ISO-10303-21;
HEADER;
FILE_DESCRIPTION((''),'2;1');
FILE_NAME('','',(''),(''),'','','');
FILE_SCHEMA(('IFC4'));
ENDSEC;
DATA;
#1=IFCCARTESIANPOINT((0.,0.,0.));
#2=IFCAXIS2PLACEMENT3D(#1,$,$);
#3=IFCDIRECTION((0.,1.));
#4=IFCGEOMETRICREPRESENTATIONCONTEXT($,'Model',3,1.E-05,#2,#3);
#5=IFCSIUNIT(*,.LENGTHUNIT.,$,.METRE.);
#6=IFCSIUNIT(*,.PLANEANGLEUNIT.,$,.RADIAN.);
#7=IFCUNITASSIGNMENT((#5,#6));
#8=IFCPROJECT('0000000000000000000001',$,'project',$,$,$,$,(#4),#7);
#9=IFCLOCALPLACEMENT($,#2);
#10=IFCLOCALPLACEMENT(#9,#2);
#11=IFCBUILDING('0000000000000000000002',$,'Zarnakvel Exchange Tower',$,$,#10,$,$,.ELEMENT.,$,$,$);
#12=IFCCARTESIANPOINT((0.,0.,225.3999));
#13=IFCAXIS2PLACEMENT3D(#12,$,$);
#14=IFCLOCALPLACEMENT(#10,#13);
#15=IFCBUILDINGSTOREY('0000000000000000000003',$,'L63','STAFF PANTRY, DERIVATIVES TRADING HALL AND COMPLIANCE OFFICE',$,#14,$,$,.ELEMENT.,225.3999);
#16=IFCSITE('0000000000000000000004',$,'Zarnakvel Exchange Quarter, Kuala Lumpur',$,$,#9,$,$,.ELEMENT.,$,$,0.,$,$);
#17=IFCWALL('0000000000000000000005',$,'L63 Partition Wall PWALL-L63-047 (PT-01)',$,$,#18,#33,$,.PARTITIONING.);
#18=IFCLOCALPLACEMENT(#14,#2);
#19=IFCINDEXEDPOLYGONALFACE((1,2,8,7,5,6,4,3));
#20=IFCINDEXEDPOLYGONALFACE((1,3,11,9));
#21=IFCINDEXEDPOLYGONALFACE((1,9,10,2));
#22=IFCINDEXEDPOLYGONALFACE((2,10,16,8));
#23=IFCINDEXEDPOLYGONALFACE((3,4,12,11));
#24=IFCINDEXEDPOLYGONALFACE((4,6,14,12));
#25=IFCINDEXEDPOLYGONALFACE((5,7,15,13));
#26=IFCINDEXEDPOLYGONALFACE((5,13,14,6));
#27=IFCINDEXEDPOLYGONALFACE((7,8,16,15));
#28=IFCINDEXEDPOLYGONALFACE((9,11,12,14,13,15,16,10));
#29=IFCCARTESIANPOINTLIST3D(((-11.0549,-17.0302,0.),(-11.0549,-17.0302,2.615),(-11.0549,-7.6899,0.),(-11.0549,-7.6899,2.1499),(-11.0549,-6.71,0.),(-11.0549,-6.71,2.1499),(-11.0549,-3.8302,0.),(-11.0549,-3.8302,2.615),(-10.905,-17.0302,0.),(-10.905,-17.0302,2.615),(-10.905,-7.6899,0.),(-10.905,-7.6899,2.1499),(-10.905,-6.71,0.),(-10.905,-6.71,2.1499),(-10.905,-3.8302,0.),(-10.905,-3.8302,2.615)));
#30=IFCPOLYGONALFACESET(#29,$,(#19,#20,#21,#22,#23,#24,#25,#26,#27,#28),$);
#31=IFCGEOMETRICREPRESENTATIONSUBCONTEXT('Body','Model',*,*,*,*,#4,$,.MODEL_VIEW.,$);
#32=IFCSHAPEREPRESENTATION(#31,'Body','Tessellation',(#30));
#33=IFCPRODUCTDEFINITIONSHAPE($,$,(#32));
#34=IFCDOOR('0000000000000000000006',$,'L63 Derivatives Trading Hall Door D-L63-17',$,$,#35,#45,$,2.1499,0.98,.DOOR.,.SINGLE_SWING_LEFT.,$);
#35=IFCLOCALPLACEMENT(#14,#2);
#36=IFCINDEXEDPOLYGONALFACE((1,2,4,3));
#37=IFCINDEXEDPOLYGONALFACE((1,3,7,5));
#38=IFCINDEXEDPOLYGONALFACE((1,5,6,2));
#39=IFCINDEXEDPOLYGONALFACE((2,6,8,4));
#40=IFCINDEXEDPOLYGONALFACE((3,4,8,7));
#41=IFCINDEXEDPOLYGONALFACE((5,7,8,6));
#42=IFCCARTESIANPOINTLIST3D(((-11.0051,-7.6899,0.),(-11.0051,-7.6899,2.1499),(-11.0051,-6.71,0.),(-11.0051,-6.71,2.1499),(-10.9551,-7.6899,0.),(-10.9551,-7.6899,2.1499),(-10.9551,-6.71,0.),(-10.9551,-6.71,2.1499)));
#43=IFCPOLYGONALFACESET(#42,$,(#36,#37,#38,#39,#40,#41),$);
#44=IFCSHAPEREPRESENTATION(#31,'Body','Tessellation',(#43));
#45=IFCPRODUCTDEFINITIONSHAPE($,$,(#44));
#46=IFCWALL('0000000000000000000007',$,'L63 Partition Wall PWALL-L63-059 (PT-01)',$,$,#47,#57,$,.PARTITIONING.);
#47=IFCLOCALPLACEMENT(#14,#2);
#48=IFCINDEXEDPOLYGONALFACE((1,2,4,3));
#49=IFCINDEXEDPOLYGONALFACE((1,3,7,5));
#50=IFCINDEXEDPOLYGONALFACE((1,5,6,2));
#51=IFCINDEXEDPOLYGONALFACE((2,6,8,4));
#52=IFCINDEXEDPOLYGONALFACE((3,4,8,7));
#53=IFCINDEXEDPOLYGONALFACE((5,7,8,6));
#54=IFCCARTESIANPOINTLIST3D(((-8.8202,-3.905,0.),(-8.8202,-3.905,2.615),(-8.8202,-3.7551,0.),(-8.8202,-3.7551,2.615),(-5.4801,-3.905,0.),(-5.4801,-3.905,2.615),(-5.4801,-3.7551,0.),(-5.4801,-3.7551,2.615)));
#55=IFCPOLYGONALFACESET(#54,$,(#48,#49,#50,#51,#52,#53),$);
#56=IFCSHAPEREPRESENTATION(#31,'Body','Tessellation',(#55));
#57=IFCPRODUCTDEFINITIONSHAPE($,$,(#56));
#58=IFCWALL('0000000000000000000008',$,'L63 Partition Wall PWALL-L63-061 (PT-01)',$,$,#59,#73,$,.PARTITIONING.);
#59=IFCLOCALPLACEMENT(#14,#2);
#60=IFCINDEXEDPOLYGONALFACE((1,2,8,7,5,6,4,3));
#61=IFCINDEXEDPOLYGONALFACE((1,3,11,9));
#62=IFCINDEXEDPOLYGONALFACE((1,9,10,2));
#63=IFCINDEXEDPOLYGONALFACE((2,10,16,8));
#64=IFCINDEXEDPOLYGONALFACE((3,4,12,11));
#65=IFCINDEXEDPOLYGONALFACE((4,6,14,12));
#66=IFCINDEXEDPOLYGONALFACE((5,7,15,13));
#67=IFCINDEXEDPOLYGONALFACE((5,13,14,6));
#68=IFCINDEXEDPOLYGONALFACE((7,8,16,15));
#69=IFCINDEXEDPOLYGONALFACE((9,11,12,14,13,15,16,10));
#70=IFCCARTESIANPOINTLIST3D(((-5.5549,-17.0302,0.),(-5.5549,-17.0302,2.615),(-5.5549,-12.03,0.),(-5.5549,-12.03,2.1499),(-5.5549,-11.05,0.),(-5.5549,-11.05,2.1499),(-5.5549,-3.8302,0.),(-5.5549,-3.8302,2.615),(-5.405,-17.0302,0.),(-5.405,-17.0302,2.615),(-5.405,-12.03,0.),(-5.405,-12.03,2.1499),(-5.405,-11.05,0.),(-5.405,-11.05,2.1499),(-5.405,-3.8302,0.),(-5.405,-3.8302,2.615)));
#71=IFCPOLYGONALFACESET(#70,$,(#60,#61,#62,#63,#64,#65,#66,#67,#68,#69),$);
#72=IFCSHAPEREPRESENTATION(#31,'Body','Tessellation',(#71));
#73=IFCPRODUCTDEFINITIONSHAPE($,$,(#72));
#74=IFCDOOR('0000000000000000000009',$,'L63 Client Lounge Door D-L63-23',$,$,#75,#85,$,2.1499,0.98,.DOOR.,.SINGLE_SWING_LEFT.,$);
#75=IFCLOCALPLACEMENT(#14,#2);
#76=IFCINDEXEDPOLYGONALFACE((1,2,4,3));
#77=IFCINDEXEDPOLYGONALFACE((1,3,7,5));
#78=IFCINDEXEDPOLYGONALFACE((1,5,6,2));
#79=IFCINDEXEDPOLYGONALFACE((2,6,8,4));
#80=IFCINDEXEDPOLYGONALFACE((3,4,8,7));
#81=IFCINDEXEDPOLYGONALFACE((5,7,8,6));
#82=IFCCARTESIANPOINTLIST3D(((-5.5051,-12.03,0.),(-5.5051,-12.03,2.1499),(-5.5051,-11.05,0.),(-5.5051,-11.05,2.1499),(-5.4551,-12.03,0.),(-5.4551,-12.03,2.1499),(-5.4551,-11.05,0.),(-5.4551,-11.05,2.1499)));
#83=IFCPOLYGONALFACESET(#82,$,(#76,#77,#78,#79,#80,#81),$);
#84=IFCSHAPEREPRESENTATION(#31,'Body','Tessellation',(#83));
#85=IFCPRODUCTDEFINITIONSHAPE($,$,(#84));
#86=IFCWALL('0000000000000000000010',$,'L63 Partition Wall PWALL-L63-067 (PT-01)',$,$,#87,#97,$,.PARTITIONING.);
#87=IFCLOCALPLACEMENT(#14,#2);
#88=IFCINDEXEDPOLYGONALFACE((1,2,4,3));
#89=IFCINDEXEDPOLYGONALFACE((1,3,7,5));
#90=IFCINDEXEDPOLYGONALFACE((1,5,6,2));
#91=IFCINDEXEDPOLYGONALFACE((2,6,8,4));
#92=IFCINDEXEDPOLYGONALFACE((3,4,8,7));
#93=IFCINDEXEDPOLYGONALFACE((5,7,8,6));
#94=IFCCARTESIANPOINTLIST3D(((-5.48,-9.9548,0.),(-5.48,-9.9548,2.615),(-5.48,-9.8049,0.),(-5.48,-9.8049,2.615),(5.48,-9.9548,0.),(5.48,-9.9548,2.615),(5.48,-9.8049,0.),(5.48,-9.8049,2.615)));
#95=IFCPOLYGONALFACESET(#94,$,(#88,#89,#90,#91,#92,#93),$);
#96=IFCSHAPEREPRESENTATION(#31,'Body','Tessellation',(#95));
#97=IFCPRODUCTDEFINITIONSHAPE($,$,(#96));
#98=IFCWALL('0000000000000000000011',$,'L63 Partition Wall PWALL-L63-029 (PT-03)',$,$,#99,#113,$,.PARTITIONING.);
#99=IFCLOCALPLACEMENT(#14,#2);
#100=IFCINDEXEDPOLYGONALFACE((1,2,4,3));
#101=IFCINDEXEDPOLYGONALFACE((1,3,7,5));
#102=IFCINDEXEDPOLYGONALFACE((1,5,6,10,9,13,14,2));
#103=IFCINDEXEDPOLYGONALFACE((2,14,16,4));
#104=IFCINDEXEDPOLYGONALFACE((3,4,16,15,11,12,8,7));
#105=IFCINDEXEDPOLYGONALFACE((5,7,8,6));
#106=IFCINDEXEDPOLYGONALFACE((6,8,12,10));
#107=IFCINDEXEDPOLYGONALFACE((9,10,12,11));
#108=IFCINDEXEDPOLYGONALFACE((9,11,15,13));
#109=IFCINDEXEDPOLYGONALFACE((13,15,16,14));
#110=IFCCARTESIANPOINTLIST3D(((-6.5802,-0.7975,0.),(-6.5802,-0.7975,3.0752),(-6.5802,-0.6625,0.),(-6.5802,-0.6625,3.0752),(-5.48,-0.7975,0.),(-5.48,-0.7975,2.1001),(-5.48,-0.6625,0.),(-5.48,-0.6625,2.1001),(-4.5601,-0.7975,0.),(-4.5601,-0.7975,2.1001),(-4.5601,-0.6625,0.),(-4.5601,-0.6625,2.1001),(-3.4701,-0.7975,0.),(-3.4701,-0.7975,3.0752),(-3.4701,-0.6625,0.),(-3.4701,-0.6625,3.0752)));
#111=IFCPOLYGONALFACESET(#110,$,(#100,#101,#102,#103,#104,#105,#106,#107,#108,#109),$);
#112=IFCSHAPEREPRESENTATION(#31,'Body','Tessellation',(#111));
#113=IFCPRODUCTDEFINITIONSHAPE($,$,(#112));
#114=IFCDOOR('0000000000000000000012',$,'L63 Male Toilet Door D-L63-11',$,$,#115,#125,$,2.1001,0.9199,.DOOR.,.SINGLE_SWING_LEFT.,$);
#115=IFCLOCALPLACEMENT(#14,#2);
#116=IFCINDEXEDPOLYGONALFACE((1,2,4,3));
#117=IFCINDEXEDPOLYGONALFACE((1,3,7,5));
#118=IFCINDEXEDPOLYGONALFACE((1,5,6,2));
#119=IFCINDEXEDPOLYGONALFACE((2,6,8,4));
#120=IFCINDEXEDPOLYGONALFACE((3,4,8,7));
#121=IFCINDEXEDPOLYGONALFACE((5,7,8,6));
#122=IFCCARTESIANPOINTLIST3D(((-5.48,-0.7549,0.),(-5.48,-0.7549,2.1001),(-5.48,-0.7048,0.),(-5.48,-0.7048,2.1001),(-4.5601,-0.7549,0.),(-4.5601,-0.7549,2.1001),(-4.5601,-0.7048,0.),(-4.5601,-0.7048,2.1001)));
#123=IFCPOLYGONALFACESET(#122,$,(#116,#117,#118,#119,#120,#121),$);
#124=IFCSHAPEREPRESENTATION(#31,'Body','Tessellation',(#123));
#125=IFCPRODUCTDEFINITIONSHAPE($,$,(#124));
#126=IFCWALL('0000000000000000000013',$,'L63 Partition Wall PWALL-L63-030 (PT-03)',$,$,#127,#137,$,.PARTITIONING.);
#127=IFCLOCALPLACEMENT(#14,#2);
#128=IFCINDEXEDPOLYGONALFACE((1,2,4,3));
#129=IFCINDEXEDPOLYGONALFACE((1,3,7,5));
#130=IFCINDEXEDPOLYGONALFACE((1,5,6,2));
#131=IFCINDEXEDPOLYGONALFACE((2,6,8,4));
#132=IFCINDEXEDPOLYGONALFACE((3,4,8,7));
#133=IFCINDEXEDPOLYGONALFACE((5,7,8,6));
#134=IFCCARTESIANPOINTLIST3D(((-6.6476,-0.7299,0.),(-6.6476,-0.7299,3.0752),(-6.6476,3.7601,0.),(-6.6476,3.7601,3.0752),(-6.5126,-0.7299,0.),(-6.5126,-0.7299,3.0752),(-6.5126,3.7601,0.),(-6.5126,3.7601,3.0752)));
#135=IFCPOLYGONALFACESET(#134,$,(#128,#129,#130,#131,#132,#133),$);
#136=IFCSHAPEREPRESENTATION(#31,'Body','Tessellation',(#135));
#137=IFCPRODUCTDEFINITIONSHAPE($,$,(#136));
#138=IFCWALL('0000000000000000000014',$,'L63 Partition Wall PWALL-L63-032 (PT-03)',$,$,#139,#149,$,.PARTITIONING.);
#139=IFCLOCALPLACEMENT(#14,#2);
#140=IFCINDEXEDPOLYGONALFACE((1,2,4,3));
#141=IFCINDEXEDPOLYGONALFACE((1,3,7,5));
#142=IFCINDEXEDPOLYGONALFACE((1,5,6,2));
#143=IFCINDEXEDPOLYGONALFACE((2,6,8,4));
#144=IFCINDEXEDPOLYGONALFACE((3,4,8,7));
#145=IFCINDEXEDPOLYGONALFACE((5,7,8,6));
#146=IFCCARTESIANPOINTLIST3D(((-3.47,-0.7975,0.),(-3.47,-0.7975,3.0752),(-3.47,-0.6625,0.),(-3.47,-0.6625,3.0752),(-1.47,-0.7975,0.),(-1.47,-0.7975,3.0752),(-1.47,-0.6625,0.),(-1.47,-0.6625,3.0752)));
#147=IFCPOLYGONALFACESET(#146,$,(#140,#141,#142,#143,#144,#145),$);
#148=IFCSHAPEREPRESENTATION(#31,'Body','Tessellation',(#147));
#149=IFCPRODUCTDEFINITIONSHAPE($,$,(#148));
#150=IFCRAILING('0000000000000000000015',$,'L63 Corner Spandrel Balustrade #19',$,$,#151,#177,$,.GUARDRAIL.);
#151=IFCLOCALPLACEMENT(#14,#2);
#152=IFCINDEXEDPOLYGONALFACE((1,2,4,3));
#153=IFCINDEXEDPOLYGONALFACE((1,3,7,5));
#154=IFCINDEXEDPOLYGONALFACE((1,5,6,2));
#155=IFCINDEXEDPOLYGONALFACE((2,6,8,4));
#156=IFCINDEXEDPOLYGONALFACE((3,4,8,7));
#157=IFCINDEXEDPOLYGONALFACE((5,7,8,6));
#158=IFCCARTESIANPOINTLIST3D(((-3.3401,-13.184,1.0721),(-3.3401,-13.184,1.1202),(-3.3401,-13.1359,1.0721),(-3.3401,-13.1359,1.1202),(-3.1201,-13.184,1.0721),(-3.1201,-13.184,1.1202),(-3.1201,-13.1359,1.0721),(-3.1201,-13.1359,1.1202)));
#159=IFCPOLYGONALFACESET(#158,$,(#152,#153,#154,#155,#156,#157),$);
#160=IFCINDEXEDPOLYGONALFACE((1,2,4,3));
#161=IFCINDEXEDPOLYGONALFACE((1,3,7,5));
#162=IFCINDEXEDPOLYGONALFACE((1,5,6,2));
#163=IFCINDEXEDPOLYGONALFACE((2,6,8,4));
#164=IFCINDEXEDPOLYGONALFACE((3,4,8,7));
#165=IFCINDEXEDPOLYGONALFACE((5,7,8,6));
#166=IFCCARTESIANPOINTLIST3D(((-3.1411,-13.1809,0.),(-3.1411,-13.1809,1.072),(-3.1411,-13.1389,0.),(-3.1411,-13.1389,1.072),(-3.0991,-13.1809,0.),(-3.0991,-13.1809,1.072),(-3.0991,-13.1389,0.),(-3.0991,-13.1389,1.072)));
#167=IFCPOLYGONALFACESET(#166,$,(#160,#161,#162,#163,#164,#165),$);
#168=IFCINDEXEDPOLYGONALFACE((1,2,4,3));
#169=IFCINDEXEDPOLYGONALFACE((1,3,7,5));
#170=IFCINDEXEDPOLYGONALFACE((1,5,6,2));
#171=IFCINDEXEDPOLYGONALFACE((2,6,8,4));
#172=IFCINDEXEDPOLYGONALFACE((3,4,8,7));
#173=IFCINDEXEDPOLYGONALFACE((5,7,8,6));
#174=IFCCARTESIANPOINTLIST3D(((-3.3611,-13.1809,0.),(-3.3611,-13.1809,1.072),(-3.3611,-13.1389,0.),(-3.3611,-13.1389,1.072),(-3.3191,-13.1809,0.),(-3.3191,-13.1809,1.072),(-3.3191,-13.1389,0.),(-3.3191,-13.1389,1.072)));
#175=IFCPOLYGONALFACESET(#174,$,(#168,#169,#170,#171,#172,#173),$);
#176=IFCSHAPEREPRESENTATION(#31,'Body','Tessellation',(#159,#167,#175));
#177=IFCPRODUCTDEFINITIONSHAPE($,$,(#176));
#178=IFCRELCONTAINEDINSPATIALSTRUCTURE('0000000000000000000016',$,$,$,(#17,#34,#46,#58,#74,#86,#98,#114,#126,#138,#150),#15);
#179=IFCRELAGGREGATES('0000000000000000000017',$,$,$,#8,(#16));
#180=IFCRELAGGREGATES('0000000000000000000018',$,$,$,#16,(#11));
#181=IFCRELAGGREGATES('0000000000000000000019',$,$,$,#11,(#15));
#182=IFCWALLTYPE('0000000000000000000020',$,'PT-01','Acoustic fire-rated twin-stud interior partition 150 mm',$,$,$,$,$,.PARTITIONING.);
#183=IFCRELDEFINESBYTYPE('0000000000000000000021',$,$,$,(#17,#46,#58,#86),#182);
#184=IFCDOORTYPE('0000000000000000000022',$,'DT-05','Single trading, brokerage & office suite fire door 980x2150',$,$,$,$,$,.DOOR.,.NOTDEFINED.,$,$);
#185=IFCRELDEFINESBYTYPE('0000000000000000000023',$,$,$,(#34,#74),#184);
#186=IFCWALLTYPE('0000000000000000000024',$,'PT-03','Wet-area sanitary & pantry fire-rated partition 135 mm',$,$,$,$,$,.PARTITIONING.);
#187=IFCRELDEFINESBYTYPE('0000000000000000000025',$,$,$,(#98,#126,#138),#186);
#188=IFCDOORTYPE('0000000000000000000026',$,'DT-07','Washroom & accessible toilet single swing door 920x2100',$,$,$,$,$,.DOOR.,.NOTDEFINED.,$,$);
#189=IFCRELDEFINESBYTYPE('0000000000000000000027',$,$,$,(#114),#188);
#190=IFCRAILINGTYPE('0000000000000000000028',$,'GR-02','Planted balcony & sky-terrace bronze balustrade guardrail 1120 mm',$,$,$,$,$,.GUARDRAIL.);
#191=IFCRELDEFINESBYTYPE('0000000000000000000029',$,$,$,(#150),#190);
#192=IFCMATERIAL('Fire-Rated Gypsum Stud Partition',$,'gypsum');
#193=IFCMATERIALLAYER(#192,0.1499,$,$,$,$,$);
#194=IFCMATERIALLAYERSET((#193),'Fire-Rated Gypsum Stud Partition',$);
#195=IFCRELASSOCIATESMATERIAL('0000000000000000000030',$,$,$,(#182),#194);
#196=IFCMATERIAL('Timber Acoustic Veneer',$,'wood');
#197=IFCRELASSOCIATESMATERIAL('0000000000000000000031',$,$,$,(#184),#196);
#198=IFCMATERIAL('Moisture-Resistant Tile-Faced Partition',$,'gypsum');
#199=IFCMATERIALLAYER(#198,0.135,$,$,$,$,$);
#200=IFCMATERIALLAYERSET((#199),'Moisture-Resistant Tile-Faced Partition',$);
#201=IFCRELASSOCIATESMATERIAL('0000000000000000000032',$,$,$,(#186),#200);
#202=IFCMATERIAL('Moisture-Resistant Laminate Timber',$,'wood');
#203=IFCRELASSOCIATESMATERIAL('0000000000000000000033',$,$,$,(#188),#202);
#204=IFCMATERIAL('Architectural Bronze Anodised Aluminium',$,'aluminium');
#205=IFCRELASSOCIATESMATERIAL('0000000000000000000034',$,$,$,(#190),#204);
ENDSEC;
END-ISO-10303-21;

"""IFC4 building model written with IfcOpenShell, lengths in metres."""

from ifc_helpers import new_model, si_unit, direction, frame, frame_2d, origin, origin_2d, place, context, subcontext, project, spatial, rectangle, extrude, source, transform, mapped, material, layer, layer_set, type_object, element, fill, save


model = new_model("IFC4")

# Units and contexts
model_context = context("Model", 3, precision=1e-05, world=origin(), true_north=direction((0.0, 1.0)))
body_context = subcontext(model_context, "Body", "Model", "MODEL_VIEW")
ifc_project = project(units=[si_unit("LENGTHUNIT", "METRE"), si_unit("PLANEANGLEUNIT", "RADIAN")], contexts=[model_context])

# Site, building, storey
site_placement = place(None, origin())
site = spatial("IfcSite", under=ifc_project, at=site_placement, Name="Zarnakvel Exchange Quarter, Kuala Lumpur", CompositionType="ELEMENT", RefElevation=0.0)
building_placement = place(site_placement, origin())
building = spatial("IfcBuilding", under=site, at=building_placement, Name="Zarnakvel Exchange Tower", CompositionType="ELEMENT")
storey_placement = place(building_placement, frame((0.0, 0.0, 225.3999)))
storey = spatial("IfcBuildingStorey", under=building, at=storey_placement, Name="L63", Description="STAFF PANTRY, DERIVATIVES TRADING HALL AND COMPLIANCE OFFICE", CompositionType="ELEMENT", Elevation=225.3999)

# Wall, opening, door
ifc_material_1 = material(Name="Fire-Rated Gypsum Stud Partition", Category="gypsum")
ifc_layer_1 = layer(ifc_material_1, 0.1499)
ifc_layer_set_1 = layer_set([ifc_layer_1], Name="Fire-Rated Gypsum Stud Partition")
wall_type_1 = type_object("IfcWallType", Name="PT-01", Description="Acoustic fire-rated twin-stud interior partition 150 mm", PredefinedType="PARTITIONING", material=ifc_layer_set_1)
wall_1_placement = place(storey_placement, frame((-10.98, -3.8301, 0.0), z_axis=(0.0, 0.0, 1.0), x_axis=(0.0, -1.0, 0.0)))
wall_1 = element("IfcWall", 1, at=wall_1_placement, inside=storey, type_object=wall_type_1, Name="L63 Partition Wall PWALL-L63-047 (PT-01)", PredefinedType="PARTITIONING", context=body_context, shape_type="SweptSolid", body=[
    extrude(rectangle(XDim=13.2, YDim=0.1499, at=frame_2d((6.6001, 0.0))), origin(), (0.0, 0.0, 1.0), 2.615),
])
opening_1_placement = place(wall_1_placement, frame((2.8799, 0.0, 0.0)))
opening_1 = element("IfcOpeningElement", 2, at=opening_1_placement, cuts=wall_1, PredefinedType="OPENING", context=body_context, shape_type="SweptSolid", body=[
    extrude(rectangle(XDim=0.98, YDim=2.1499, at=frame_2d((0.49, 1.075))), frame((0.0, 0.085, 0.0), z_axis=(0.0, -1.0, 0.0), x_axis=(1.0, 0.0, 0.0)), (0.0, 0.0, 1.0), 0.1699),
])
ifc_material_2 = material(Name="Timber Acoustic Veneer", Category="wood")
door_type_1 = type_object("IfcDoorType", Name="DT-05", Description="Single trading, brokerage & office suite fire door 980x2150", OperationType="NOTDEFINED", PredefinedType="DOOR", material=ifc_material_2)
shared_shape_1 = source(origin(), body_context, "Body", "SweptSolid", [
    extrude(rectangle(XDim=0.98, YDim=2.1499, at=frame_2d((0.49, 1.075))), frame((0.0, 0.0249, 0.0), z_axis=(0.0, -1.0, 0.0), x_axis=(1.0, 0.0, 0.0)), (0.0, 0.0, 1.0), 0.05),
])
door_1_placement = place(opening_1_placement, origin())
door_1 = element("IfcDoor", 3, at=door_1_placement, inside=storey, type_object=door_type_1, Name="L63 Derivatives Trading Hall Door D-L63-17", OperationType="SINGLE_SWING_LEFT", OverallHeight=2.1499, OverallWidth=0.98, PredefinedType="DOOR", context=body_context, shape_type="MappedRepresentation", body=[
    mapped(shared_shape_1, transform((0.0, 0.0, 0.0), x_axis=(1.0, 0.0, 0.0), y_axis=(0.0, 1.0, 0.0), z_axis=(0.0, 0.0, 1.0), scale=1.0)),
])
fill(opening_1, door_1)

# Wall
wall_2_placement = place(storey_placement, frame((-8.8201, -3.8301, 0.0), z_axis=(0.0, 0.0, 1.0), x_axis=(1.0, 0.0, 0.0)))
element("IfcWall", 4, at=wall_2_placement, inside=storey, type_object=wall_type_1, Name="L63 Partition Wall PWALL-L63-059 (PT-01)", PredefinedType="PARTITIONING", context=body_context, shape_type="SweptSolid", body=[
    extrude(rectangle(XDim=3.3401, YDim=0.1499, at=frame_2d((1.6699, 0.0))), origin(), (0.0, 0.0, 1.0), 2.615),
])

# Wall, opening, door
wall_3_placement = place(storey_placement, frame((-5.48, -3.8301, 0.0), z_axis=(0.0, 0.0, 1.0), x_axis=(0.0, -1.0, 0.0)))
wall_3 = element("IfcWall", 5, at=wall_3_placement, inside=storey, type_object=wall_type_1, Name="L63 Partition Wall PWALL-L63-061 (PT-01)", PredefinedType="PARTITIONING", context=body_context, shape_type="SweptSolid", body=[
    extrude(rectangle(XDim=13.2, YDim=0.1499, at=frame_2d((6.6001, 0.0))), origin(), (0.0, 0.0, 1.0), 2.615),
])
opening_2_placement = place(wall_3_placement, frame((7.22, 0.0, 0.0)))
opening_2 = element("IfcOpeningElement", 6, at=opening_2_placement, cuts=wall_3, PredefinedType="OPENING", context=body_context, shape_type="SweptSolid", body=[
    extrude(rectangle(XDim=0.98, YDim=2.1499, at=frame_2d((0.49, 1.075))), frame((0.0, 0.085, 0.0), z_axis=(0.0, -1.0, 0.0), x_axis=(1.0, 0.0, 0.0)), (0.0, 0.0, 1.0), 0.1699),
])
door_2_placement = place(opening_2_placement, origin())
door_2 = element("IfcDoor", 7, at=door_2_placement, inside=storey, type_object=door_type_1, Name="L63 Client Lounge Door D-L63-23", OperationType="SINGLE_SWING_LEFT", OverallHeight=2.1499, OverallWidth=0.98, PredefinedType="DOOR", context=body_context, shape_type="MappedRepresentation", body=[
    mapped(shared_shape_1, transform((0.0, 0.0, 0.0), x_axis=(1.0, 0.0, 0.0), y_axis=(0.0, 1.0, 0.0), z_axis=(0.0, 0.0, 1.0), scale=1.0)),
])
fill(opening_2, door_2)

# Wall
wall_4_placement = place(storey_placement, frame((-5.48, -9.8799, 0.0), z_axis=(0.0, 0.0, 1.0), x_axis=(1.0, 0.0, 0.0)))
element("IfcWall", 8, at=wall_4_placement, inside=storey, type_object=wall_type_1, Name="L63 Partition Wall PWALL-L63-067 (PT-01)", PredefinedType="PARTITIONING", context=body_context, shape_type="SweptSolid", body=[
    extrude(rectangle(XDim=10.96, YDim=0.1499, at=frame_2d((5.48, 0.0))), origin(), (0.0, 0.0, 1.0), 2.615),
])

# Wall, opening, door
ifc_material_3 = material(Name="Moisture-Resistant Tile-Faced Partition", Category="gypsum")
ifc_layer_2 = layer(ifc_material_3, 0.135)
ifc_layer_set_2 = layer_set([ifc_layer_2], Name="Moisture-Resistant Tile-Faced Partition")
wall_type_2 = type_object("IfcWallType", Name="PT-03", Description="Wet-area sanitary & pantry fire-rated partition 135 mm", PredefinedType="PARTITIONING", material=ifc_layer_set_2)
wall_5_placement = place(storey_placement, frame((-3.47, -0.73, 0.0), z_axis=(0.0, 0.0, 1.0), x_axis=(-1.0, 0.0, 0.0)))
wall_5 = element("IfcWall", 9, at=wall_5_placement, inside=storey, type_object=wall_type_2, Name="L63 Partition Wall PWALL-L63-029 (PT-03)", PredefinedType="PARTITIONING", context=body_context, shape_type="SweptSolid", body=[
    extrude(rectangle(XDim=3.1101, YDim=0.135, at=frame_2d((1.5552, 0.0))), origin(), (0.0, 0.0, 1.0), 3.0752),
])
opening_3_placement = place(wall_5_placement, frame((1.0901, 0.0, 0.0)))
opening_3 = element("IfcOpeningElement", 10, at=opening_3_placement, cuts=wall_5, PredefinedType="OPENING", context=body_context, shape_type="SweptSolid", body=[
    extrude(rectangle(XDim=0.9199, YDim=2.1001, at=frame_2d((0.46, 1.05))), frame((0.0, 0.0774, 0.0), z_axis=(0.0, -1.0, 0.0), x_axis=(1.0, 0.0, 0.0)), (0.0, 0.0, 1.0), 0.155),
])
ifc_material_4 = material(Name="Moisture-Resistant Laminate Timber", Category="wood")
door_type_2 = type_object("IfcDoorType", Name="DT-07", Description="Washroom & accessible toilet single swing door 920x2100", OperationType="NOTDEFINED", PredefinedType="DOOR", material=ifc_material_4)
shared_shape_2 = source(origin(), body_context, "Body", "SweptSolid", [
    extrude(rectangle(XDim=0.9199, YDim=2.1001, at=frame_2d((0.46, 1.05))), frame((0.0, 0.0249, 0.0), z_axis=(0.0, -1.0, 0.0), x_axis=(1.0, 0.0, 0.0)), (0.0, 0.0, 1.0), 0.05),
])
door_3_placement = place(opening_3_placement, origin())
door_3 = element("IfcDoor", 11, at=door_3_placement, inside=storey, type_object=door_type_2, Name="L63 Male Toilet Door D-L63-11", OperationType="SINGLE_SWING_LEFT", OverallHeight=2.1001, OverallWidth=0.9199, PredefinedType="DOOR", context=body_context, shape_type="MappedRepresentation", body=[
    mapped(shared_shape_2, transform((0.0, 0.0, 0.0), x_axis=(1.0, 0.0, 0.0), y_axis=(0.0, 1.0, 0.0), z_axis=(0.0, 0.0, 1.0), scale=1.0)),
])
fill(opening_3, door_3)

# Walls
wall_6_placement = place(storey_placement, frame((-6.5801, -0.73, 0.0), z_axis=(0.0, 0.0, 1.0), x_axis=(0.0, 1.0, 0.0)))
element("IfcWall", 12, at=wall_6_placement, inside=storey, type_object=wall_type_2, Name="L63 Partition Wall PWALL-L63-030 (PT-03)", PredefinedType="PARTITIONING", context=body_context, shape_type="SweptSolid", body=[
    extrude(rectangle(XDim=4.49, YDim=0.135, at=frame_2d((2.2451, 0.0))), origin(), (0.0, 0.0, 1.0), 3.0752),
])
wall_7_placement = place(storey_placement, frame((-1.47, -0.73, 0.0), z_axis=(0.0, 0.0, 1.0), x_axis=(-1.0, 0.0, 0.0)))
element("IfcWall", 13, at=wall_7_placement, inside=storey, type_object=wall_type_2, Name="L63 Partition Wall PWALL-L63-032 (PT-03)", PredefinedType="PARTITIONING", context=body_context, shape_type="SweptSolid", body=[
    extrude(rectangle(XDim=2.0, YDim=0.135, at=frame_2d((1.0, 0.0))), origin(), (0.0, 0.0, 1.0), 3.0752),
])

# Railing
ifc_material_5 = material(Name="Architectural Bronze Anodised Aluminium", Category="aluminium")
railing_type_1 = type_object("IfcRailingType", Name="GR-02", Description="Planted balcony & sky-terrace bronze balustrade guardrail 1120 mm", PredefinedType="GUARDRAIL", material=ifc_material_5)
railing_1_placement = place(storey_placement, frame((-3.1201, -13.1599, 0.0)))
element("IfcRailing", 14, at=railing_1_placement, inside=storey, type_object=railing_type_1, Name="L63 Corner Spandrel Balustrade #19", PredefinedType="GUARDRAIL", context=body_context, shape_type="SweptSolid", body=[
    extrude(rectangle(XDim=0.0481, YDim=0.0481, at=origin_2d()), frame((0.0, 0.0, 1.0962), z_axis=(-1.0, 0.0, 0.0), x_axis=(0.0, -1.0, 0.0)), (0.0, 0.0, 1.0), 0.22),
    extrude(rectangle(XDim=0.042, YDim=0.042, at=origin_2d()), origin(), (0.0, 0.0, 1.0), 1.072),
    extrude(rectangle(XDim=0.042, YDim=0.042, at=origin_2d()), frame((-0.22, 0.0, 0.0)), (0.0, 0.0, 1.0), 1.072),
])

save(model, "model.ifc")
